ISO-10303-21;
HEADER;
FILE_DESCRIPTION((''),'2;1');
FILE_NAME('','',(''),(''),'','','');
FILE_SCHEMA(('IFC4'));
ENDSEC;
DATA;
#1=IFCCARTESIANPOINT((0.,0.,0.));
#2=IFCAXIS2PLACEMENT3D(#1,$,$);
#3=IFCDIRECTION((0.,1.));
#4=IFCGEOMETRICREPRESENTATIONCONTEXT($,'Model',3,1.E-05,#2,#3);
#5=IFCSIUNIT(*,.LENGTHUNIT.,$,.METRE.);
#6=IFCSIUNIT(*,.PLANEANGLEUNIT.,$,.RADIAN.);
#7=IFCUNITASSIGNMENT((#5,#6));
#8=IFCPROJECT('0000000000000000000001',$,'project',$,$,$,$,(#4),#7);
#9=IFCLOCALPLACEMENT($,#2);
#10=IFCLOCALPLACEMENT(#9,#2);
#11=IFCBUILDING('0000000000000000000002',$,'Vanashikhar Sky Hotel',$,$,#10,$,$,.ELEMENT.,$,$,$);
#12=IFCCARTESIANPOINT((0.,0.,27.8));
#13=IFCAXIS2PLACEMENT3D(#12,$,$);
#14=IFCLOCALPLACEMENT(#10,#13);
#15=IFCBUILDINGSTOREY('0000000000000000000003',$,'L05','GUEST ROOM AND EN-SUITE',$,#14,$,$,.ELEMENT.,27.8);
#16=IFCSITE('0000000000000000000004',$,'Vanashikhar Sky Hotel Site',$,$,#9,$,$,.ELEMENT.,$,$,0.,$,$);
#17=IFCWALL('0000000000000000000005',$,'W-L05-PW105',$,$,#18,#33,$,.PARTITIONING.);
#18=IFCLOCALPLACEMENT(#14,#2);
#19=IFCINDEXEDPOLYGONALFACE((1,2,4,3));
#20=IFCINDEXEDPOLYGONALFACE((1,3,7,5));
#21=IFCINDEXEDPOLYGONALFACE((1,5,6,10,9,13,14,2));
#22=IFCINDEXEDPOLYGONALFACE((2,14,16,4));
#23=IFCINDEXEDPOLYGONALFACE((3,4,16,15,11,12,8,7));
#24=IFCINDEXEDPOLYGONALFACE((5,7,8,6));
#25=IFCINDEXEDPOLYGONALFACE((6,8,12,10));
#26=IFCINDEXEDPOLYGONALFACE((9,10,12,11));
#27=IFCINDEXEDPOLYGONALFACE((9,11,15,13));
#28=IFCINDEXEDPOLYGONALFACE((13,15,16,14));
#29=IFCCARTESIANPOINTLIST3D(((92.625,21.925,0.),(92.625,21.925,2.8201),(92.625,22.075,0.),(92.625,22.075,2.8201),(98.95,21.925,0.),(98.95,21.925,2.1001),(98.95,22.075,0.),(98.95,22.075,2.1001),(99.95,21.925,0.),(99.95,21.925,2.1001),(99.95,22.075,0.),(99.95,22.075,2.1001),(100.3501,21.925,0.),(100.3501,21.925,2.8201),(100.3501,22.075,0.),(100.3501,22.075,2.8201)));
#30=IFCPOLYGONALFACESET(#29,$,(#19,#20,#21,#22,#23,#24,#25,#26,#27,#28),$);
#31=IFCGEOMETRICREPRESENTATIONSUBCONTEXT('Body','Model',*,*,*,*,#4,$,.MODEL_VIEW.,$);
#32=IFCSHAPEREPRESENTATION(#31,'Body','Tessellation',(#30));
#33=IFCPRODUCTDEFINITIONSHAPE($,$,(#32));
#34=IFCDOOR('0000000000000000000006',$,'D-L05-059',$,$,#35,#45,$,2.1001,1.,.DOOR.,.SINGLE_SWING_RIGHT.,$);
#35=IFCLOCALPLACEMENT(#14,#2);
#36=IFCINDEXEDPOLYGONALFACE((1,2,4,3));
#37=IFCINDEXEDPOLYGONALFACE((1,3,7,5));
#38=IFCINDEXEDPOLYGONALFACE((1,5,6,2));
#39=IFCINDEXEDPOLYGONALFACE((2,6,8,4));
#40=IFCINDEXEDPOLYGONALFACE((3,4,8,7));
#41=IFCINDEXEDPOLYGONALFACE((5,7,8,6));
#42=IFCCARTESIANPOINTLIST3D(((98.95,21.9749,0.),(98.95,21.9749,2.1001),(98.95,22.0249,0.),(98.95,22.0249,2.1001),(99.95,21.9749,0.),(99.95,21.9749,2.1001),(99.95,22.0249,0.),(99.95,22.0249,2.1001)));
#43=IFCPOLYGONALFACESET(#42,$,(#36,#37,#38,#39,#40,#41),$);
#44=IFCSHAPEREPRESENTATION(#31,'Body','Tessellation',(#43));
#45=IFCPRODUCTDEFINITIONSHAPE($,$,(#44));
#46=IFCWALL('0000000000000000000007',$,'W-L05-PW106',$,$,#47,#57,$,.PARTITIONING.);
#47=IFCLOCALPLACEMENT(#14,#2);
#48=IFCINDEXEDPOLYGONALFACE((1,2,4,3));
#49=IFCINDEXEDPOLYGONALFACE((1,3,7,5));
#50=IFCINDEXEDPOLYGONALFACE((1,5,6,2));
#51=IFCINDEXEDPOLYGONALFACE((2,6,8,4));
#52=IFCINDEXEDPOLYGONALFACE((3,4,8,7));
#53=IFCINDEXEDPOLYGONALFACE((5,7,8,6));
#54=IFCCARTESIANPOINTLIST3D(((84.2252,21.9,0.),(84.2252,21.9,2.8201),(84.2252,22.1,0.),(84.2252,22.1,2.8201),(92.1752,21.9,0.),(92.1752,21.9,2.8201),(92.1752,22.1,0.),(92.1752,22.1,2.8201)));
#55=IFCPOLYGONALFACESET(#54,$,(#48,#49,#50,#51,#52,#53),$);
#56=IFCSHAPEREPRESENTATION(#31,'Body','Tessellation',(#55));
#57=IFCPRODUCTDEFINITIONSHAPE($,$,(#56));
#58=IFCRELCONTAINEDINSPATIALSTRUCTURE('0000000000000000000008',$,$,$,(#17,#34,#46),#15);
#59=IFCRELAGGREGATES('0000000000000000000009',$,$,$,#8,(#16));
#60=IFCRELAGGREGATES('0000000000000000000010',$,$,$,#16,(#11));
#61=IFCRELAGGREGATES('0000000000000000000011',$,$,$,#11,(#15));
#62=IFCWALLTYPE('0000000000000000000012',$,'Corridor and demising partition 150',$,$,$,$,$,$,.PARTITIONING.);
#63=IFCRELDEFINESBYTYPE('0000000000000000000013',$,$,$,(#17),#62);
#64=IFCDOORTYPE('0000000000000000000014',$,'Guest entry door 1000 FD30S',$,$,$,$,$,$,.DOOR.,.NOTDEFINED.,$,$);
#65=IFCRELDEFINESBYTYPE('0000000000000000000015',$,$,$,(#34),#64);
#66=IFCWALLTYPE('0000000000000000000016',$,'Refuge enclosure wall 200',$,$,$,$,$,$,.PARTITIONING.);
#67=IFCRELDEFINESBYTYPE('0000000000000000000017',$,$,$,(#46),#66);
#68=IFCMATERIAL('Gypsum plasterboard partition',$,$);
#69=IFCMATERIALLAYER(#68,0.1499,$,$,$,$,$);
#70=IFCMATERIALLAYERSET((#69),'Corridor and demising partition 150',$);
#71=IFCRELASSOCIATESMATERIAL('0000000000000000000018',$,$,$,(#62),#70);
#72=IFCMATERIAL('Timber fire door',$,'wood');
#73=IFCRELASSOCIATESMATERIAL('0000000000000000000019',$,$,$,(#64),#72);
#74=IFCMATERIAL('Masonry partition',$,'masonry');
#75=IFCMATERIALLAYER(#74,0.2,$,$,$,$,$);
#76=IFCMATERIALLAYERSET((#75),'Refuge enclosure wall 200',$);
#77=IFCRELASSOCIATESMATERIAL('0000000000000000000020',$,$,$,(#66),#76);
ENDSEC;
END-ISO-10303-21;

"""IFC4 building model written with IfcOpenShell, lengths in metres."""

from ifc_helpers import new_model, si_unit, direction, frame, frame_2d, origin, place, context, subcontext, project, spatial, rectangle, extrude, source, transform, mapped, material, layer, layer_set, type_object, element, fill, save


model = new_model("IFC4")

# Units and contexts
model_context = context("Model", 3, precision=1e-05, world=origin(), true_north=direction((0.0, 1.0)))
body_context = subcontext(model_context, "Body", "Model", "MODEL_VIEW")
ifc_project = project(units=[si_unit("LENGTHUNIT", "METRE"), si_unit("PLANEANGLEUNIT", "RADIAN")], contexts=[model_context])

# Site, building, storey
site_placement = place(None, origin())
site = spatial("IfcSite", under=ifc_project, at=site_placement, Name="Vanashikhar Sky Hotel Site", CompositionType="ELEMENT", RefElevation=0.0)
building_placement = place(site_placement, origin())
building = spatial("IfcBuilding", under=site, at=building_placement, Name="Vanashikhar Sky Hotel", CompositionType="ELEMENT")
storey_placement = place(building_placement, frame((0.0, 0.0, 27.8)))
storey = spatial("IfcBuildingStorey", under=building, at=storey_placement, Name="L05", Description="GUEST ROOM AND EN-SUITE", CompositionType="ELEMENT", Elevation=27.8)

# Wall, opening, door
ifc_material_1 = material(Name="Gypsum plasterboard partition")
ifc_layer_1 = layer(ifc_material_1, 0.1499)
ifc_layer_set_1 = layer_set([ifc_layer_1], Name="Corridor and demising partition 150")
wall_type_1 = type_object("IfcWallType", Name="Corridor and demising partition 150", PredefinedType="PARTITIONING", material=ifc_layer_set_1)
shared_shape_1 = source(origin(), body_context, "Body", "SweptSolid", [
    extrude(rectangle(XDim=1.0, YDim=2.1001, at=frame_2d((0.5, 1.05))), frame((0.0, 0.085, 0.0), z_axis=(0.0, -1.0, 0.0), x_axis=(1.0, 0.0, 0.0)), (0.0, 0.0, 1.0), 0.1699),
])
ifc_material_2 = material(Name="Timber fire door", Category="wood")
door_type = type_object("IfcDoorType", Name="Guest entry door 1000 FD30S", OperationType="NOTDEFINED", PredefinedType="DOOR", material=ifc_material_2)
shared_shape_2 = source(origin(), body_context, "Body", "SweptSolid", [
    extrude(rectangle(XDim=1.0, YDim=2.1001, at=frame_2d((0.5, 1.05))), frame((0.0, 0.0249, 0.0), z_axis=(0.0, -1.0, 0.0), x_axis=(1.0, 0.0, 0.0)), (0.0, 0.0, 1.0), 0.05),
])
shared_shape_3 = source(origin(), body_context, "Body", "SweptSolid", [
    extrude(rectangle(XDim=7.7251, YDim=0.1499, at=frame_2d((3.8625, 0.0))), origin(), (0.0, 0.0, 1.0), 2.8201),
])
wall_1_placement = place(storey_placement, frame((92.625, 22.0, 0.0), z_axis=(0.0, 0.0, 1.0), x_axis=(1.0, 0.0, 0.0)))
wall_1 = element("IfcWall", 1, at=wall_1_placement, inside=storey, type_object=wall_type_1, Name="W-L05-PW105", PredefinedType="PARTITIONING", context=body_context, shape_type="MappedRepresentation", body=[
    mapped(shared_shape_3, transform((0.0, 0.0, 0.0), scale=1.0)),
])
opening_1_placement = place(wall_1_placement, frame((6.325, 0.0, 0.0)))
opening_1 = element("IfcOpeningElement", 2, at=opening_1_placement, cuts=wall_1, PredefinedType="OPENING", context=body_context, shape_type="MappedRepresentation", body=[
    mapped(shared_shape_1, transform((0.0, 0.0, 0.0), scale=1.0)),
])
door_1_placement = place(opening_1_placement, origin())
door_1 = element("IfcDoor", 3, at=door_1_placement, inside=storey, type_object=door_type, Name="D-L05-059", OperationType="SINGLE_SWING_RIGHT", OverallHeight=2.1001, OverallWidth=1.0, PredefinedType="DOOR", context=body_context, shape_type="MappedRepresentation", body=[
    mapped(shared_shape_2, transform((0.0, 0.0, 0.0), scale=1.0)),
])
fill(opening_1, door_1)

# Wall
ifc_material_3 = material(Name="Masonry partition", Category="masonry")
ifc_layer_2 = layer(ifc_material_3, 0.2)
ifc_layer_set_2 = layer_set([ifc_layer_2], Name="Refuge enclosure wall 200")
wall_type_2 = type_object("IfcWallType", Name="Refuge enclosure wall 200", PredefinedType="PARTITIONING", material=ifc_layer_set_2)
shared_shape_4 = source(origin(), body_context, "Body", "SweptSolid", [
    extrude(rectangle(XDim=7.95, YDim=0.2, at=frame_2d((3.9751, 0.0))), origin(), (0.0, 0.0, 1.0), 2.8201),
])
wall_2_placement = place(storey_placement, frame((84.2251, 22.0, 0.0), z_axis=(0.0, 0.0, 1.0), x_axis=(1.0, 0.0, 0.0)))
element("IfcWall", 4, at=wall_2_placement, inside=storey, type_object=wall_type_2, Name="W-L05-PW106", PredefinedType="PARTITIONING", context=body_context, shape_type="MappedRepresentation", body=[
    mapped(shared_shape_4, transform((0.0, 0.0, 0.0), scale=1.0)),
])

save(model, "model.ifc")
